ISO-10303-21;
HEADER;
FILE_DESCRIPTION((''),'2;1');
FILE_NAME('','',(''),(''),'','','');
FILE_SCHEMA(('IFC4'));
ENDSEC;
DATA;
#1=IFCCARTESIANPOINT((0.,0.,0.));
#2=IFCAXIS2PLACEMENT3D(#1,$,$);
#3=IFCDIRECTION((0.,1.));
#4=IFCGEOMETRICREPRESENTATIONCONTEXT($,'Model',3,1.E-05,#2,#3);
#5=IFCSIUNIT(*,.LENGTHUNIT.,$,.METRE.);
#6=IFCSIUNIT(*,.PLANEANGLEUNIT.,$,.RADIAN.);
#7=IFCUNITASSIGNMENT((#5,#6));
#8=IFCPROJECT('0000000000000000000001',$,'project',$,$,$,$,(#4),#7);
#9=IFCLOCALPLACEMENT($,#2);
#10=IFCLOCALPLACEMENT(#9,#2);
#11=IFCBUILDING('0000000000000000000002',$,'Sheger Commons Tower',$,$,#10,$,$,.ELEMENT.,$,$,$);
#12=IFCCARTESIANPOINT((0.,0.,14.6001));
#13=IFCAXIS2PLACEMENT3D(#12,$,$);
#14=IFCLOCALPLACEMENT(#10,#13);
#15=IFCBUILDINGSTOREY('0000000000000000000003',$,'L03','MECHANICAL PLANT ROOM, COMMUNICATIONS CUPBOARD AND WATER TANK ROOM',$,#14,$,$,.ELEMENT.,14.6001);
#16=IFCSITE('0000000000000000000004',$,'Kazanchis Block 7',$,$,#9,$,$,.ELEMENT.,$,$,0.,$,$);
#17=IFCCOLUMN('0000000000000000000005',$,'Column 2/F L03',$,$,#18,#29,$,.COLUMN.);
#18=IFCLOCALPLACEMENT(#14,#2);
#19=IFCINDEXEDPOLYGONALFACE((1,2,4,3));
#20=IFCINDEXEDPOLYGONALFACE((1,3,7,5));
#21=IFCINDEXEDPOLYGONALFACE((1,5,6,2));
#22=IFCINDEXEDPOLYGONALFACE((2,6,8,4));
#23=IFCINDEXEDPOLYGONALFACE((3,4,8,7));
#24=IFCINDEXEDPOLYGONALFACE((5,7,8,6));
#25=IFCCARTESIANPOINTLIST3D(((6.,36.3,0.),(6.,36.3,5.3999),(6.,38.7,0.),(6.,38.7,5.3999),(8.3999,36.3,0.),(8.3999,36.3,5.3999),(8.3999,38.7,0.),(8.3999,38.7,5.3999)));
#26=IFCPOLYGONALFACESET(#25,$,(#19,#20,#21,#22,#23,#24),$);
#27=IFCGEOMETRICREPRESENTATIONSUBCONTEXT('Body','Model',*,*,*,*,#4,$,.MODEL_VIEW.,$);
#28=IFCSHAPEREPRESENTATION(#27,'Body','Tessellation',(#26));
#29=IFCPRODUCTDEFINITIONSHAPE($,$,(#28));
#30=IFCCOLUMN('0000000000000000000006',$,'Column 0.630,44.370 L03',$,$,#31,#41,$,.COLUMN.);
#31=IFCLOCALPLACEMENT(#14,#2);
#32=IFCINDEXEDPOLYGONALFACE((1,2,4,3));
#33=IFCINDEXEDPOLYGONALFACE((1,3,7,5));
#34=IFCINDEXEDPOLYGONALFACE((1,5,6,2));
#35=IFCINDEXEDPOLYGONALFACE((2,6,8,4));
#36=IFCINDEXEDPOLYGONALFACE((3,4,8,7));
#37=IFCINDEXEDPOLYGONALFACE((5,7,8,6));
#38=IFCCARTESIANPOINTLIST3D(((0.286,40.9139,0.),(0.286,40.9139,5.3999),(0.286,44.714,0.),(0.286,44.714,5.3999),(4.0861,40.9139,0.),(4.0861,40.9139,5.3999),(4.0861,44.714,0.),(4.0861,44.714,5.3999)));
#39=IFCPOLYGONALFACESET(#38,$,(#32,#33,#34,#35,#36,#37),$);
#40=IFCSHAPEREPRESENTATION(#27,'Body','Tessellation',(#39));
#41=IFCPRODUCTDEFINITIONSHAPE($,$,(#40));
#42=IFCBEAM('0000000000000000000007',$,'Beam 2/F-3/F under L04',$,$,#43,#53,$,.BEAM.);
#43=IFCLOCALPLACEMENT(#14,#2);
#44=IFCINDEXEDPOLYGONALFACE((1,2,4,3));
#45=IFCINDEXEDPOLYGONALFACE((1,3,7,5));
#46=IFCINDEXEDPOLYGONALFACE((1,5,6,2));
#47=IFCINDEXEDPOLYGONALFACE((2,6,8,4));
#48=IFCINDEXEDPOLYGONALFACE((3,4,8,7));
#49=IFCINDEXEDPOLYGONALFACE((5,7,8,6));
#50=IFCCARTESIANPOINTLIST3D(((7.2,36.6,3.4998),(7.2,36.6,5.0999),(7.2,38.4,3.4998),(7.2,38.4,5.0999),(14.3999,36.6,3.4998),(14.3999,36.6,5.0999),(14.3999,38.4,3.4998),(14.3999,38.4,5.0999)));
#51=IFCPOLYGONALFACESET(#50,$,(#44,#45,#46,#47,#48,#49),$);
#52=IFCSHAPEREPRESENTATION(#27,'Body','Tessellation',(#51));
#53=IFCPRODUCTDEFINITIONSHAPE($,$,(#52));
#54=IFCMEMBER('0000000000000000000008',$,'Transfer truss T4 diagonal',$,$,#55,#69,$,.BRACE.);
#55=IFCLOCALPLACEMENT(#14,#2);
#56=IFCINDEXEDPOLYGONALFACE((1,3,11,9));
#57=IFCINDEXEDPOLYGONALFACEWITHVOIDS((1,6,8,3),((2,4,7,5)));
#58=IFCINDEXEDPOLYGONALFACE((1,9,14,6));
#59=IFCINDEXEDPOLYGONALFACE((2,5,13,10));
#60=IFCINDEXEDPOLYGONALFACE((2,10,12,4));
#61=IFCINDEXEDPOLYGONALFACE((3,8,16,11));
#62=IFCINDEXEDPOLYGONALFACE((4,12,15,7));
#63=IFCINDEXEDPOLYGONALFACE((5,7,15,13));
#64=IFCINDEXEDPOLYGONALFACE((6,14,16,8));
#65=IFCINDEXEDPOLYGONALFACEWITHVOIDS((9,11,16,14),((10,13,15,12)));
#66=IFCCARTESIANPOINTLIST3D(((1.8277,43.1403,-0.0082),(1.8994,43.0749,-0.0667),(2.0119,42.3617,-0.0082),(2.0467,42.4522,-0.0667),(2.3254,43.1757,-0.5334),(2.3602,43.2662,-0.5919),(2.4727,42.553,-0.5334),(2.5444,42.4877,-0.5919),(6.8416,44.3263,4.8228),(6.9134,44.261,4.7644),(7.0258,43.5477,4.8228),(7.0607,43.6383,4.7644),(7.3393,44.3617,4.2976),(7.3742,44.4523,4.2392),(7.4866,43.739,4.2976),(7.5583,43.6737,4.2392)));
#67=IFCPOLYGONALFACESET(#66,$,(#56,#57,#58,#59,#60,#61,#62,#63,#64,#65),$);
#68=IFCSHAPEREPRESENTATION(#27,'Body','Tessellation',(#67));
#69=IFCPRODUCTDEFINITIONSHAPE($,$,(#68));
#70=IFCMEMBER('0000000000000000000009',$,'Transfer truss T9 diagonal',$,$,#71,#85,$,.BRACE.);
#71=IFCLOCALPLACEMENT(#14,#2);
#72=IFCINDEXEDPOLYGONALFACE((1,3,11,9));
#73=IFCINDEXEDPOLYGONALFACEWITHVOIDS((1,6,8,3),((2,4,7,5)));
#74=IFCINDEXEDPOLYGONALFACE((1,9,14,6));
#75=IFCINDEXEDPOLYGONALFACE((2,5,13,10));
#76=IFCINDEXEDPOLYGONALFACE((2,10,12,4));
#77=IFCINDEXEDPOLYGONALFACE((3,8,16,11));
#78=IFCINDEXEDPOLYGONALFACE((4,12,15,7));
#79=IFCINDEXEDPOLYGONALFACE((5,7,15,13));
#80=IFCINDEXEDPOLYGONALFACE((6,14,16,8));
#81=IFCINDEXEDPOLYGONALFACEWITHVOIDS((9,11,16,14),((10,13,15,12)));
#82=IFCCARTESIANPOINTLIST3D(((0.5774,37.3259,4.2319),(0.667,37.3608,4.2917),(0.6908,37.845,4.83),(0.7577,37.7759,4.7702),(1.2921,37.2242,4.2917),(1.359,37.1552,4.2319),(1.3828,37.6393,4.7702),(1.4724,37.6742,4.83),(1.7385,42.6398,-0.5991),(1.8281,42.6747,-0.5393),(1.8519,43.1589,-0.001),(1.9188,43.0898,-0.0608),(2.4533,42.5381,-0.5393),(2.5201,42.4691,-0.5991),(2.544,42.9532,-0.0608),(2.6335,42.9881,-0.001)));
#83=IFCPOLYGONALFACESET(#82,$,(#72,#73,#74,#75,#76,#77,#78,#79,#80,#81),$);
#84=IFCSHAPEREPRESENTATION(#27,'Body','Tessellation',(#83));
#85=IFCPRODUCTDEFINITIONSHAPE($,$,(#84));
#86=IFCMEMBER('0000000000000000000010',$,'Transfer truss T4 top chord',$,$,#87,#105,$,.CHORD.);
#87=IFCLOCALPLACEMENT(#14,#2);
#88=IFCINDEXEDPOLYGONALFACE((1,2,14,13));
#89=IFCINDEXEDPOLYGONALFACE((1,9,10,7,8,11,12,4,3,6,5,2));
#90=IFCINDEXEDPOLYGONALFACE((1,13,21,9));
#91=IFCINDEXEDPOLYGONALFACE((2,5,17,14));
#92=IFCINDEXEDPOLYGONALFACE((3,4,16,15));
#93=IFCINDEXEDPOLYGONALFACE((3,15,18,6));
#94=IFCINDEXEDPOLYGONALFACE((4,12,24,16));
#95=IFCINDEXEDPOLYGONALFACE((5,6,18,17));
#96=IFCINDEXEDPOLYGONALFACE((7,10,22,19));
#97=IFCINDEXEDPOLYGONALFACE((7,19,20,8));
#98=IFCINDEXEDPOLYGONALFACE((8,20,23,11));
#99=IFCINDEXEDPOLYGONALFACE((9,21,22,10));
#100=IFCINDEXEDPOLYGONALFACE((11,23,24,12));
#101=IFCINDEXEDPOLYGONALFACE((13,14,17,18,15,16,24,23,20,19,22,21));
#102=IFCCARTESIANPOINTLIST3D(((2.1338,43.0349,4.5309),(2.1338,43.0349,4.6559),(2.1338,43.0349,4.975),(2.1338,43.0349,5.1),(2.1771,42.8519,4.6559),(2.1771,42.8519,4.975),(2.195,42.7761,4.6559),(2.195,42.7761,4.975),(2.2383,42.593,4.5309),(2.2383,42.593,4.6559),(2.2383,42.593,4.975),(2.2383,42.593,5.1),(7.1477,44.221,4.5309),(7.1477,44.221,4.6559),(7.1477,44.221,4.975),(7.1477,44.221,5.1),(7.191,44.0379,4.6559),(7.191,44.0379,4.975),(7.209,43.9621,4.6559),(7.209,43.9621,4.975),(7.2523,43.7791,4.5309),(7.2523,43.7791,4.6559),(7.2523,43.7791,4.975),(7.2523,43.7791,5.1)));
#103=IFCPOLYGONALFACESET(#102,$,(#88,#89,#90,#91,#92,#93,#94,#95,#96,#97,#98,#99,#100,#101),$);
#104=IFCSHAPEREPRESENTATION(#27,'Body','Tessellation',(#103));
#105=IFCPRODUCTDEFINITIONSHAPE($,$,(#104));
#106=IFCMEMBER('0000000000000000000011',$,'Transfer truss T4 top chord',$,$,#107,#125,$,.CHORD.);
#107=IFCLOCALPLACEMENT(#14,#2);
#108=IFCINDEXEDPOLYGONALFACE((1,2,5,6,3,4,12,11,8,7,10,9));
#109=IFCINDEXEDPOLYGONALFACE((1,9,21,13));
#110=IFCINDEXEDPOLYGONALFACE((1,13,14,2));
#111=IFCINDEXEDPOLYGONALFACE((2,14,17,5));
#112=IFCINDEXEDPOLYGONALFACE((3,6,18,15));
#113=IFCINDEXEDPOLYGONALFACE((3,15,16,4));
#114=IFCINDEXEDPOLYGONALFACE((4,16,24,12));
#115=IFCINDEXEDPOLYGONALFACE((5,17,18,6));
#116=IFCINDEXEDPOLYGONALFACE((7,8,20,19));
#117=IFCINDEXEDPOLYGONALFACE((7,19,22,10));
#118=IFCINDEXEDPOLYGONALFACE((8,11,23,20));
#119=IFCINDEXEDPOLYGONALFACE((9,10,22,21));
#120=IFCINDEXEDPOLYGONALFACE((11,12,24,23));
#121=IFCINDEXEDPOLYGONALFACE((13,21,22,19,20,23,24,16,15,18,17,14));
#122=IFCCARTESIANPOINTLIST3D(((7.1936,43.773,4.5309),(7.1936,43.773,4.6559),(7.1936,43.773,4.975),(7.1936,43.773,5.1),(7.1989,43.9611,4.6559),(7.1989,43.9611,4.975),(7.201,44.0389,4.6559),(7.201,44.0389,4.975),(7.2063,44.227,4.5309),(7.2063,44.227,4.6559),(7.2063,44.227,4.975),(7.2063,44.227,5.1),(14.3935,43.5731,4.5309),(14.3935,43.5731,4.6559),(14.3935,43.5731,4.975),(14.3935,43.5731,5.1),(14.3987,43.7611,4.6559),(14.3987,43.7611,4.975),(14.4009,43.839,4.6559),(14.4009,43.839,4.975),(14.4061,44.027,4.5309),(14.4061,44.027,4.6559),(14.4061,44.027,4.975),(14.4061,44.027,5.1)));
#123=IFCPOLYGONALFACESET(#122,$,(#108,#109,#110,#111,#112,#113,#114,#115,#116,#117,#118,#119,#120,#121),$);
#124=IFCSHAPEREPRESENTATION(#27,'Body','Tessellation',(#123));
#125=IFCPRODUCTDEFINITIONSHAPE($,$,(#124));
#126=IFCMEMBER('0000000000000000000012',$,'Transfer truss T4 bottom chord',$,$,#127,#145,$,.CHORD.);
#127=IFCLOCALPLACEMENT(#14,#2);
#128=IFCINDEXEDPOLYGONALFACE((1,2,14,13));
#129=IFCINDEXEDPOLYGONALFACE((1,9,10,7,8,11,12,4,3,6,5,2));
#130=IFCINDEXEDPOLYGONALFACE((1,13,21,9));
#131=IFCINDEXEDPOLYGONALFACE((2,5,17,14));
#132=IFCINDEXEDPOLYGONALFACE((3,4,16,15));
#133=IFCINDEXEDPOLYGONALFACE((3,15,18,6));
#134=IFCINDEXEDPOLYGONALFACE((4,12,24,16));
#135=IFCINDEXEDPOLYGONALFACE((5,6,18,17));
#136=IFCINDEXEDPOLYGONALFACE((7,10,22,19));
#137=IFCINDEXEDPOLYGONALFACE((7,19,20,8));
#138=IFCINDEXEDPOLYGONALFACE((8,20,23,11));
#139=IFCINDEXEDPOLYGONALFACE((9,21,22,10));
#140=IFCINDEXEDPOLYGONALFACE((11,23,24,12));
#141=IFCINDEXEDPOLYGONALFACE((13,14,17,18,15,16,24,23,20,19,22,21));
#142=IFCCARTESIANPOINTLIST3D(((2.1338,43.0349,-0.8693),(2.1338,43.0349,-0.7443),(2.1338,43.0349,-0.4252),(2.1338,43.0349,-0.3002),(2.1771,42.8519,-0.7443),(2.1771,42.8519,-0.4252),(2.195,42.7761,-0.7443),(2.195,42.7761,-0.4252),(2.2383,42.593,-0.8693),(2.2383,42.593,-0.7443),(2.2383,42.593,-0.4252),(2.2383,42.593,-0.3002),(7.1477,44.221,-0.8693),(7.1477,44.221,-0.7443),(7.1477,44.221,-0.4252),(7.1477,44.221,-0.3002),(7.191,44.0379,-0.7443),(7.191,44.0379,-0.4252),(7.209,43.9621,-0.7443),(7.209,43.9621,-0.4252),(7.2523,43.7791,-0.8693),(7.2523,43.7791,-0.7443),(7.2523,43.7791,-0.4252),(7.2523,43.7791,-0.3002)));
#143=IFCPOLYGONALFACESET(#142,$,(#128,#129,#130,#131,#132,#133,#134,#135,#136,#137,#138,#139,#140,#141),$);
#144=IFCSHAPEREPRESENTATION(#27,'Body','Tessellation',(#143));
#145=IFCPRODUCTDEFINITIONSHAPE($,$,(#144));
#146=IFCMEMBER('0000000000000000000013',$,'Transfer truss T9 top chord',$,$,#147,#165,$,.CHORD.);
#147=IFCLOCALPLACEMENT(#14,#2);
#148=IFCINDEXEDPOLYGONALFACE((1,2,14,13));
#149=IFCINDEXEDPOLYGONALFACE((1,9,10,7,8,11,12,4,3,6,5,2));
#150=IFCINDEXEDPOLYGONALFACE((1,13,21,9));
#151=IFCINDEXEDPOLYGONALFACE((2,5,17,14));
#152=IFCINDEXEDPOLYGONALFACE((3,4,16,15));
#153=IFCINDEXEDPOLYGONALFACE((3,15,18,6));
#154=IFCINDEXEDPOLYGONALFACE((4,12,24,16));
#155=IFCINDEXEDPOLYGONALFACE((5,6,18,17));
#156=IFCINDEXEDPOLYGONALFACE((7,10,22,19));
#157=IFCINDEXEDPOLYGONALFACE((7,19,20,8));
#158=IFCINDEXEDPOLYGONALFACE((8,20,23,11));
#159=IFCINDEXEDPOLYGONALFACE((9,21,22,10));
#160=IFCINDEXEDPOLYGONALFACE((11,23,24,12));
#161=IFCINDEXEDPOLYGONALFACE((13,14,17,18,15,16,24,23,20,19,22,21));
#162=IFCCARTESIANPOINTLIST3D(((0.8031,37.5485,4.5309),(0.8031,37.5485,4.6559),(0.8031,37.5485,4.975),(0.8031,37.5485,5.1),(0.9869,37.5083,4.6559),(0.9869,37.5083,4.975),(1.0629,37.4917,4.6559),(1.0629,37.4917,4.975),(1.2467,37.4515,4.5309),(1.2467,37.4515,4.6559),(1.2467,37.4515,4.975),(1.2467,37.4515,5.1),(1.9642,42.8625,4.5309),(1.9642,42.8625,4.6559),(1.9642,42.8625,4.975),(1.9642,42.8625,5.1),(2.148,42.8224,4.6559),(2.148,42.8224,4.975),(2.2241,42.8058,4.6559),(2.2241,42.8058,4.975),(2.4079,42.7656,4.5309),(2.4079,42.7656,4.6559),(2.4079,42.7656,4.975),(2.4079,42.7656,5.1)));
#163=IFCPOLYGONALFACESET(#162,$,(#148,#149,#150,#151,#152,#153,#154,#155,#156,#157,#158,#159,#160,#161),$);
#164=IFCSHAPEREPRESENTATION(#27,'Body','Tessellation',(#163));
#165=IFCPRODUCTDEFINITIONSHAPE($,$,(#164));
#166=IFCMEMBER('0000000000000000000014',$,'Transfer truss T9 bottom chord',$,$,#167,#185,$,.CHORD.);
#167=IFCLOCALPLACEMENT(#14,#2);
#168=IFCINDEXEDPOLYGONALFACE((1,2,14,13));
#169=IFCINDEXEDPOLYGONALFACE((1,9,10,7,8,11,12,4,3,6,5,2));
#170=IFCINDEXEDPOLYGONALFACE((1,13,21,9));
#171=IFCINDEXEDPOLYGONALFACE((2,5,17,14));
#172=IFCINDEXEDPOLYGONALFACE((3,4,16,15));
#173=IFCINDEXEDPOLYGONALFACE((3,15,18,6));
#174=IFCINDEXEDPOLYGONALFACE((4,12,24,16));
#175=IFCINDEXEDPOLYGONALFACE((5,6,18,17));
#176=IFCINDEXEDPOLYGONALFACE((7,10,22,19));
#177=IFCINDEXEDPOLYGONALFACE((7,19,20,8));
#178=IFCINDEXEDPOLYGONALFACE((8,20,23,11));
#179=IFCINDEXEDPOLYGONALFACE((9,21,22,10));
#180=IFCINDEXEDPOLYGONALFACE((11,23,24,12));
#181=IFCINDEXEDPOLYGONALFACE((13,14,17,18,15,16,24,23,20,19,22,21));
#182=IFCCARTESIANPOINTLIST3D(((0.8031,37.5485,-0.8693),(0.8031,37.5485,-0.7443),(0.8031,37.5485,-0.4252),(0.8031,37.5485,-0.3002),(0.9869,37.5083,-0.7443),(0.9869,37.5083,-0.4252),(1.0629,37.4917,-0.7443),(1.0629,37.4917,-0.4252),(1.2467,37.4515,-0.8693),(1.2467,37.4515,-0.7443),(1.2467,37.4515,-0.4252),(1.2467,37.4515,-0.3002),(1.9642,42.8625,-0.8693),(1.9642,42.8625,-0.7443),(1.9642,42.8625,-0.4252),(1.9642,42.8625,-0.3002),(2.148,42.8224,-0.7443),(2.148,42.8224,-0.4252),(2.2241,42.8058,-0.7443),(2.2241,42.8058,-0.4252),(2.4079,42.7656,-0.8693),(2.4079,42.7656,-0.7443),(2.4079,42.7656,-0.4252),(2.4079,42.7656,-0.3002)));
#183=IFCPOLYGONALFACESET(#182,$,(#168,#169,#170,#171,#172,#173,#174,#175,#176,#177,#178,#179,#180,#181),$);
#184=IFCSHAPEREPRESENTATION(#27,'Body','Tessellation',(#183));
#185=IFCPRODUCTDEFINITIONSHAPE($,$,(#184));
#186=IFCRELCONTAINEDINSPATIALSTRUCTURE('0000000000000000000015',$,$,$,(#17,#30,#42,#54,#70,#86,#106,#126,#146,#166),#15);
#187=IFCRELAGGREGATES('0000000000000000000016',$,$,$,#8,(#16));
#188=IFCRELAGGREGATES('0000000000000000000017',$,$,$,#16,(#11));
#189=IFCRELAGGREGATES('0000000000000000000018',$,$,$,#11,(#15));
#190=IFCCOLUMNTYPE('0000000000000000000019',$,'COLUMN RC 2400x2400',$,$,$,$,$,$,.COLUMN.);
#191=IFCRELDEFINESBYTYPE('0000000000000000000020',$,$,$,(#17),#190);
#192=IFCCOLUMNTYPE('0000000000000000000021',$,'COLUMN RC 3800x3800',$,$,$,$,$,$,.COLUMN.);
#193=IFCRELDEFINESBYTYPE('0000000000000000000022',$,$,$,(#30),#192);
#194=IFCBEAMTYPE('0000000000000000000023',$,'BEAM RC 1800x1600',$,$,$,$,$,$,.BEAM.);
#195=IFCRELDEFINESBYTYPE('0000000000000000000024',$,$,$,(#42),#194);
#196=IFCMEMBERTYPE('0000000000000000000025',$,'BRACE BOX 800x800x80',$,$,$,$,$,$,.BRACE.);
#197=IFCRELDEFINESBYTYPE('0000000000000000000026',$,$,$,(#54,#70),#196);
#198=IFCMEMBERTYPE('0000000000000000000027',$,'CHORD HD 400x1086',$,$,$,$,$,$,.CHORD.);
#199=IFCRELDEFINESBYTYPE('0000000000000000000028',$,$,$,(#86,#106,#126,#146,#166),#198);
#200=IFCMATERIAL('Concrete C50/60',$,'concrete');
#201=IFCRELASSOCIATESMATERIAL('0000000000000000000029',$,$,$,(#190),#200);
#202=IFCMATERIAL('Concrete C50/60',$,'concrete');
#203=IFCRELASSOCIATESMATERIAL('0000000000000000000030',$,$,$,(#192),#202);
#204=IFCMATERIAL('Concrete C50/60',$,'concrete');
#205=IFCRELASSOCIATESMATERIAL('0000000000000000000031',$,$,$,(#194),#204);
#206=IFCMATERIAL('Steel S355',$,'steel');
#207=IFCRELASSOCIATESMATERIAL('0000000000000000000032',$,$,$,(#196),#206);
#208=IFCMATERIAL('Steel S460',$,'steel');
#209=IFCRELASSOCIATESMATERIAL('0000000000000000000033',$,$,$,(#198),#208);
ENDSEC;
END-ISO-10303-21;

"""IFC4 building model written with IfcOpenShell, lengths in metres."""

from ifc_helpers import new_model, si_unit, direction, frame, origin, origin_2d, place, context, subcontext, project, spatial, rectangle, hollow_rectangle, i_section, extrude, material, material_profile, profile_set, type_object, element, save


model = new_model("IFC4")

# Units and contexts
model_context = context("Model", 3, precision=1e-05, world=origin(), true_north=direction((0.0, 1.0)))
body_context = subcontext(model_context, "Body", "Model", "MODEL_VIEW")
ifc_project = project(units=[si_unit("LENGTHUNIT", "METRE"), si_unit("PLANEANGLEUNIT", "RADIAN")], contexts=[model_context])

# Site, building, storey
site_placement = place(None, origin())
site = spatial("IfcSite", under=ifc_project, at=site_placement, Name="Kazanchis Block 7", CompositionType="ELEMENT", RefElevation=0.0)
building_placement = place(site_placement, origin())
building = spatial("IfcBuilding", under=site, at=building_placement, Name="Sheger Commons Tower", CompositionType="ELEMENT")
storey_placement = place(building_placement, frame((0.0, 0.0, 14.6001)))
storey = spatial("IfcBuildingStorey", under=building, at=storey_placement, Name="L03", Description="MECHANICAL PLANT ROOM, COMMUNICATIONS CUPBOARD AND WATER TANK ROOM", CompositionType="ELEMENT", Elevation=14.6001)

# Columns
ifc_material_1 = material(Name="Concrete C50/60", Category="concrete")
ifc_material_profile_1 = material_profile(ifc_material_1, rectangle(XDim=2.3999, YDim=2.3999, at=origin_2d()), Name="RC 2400x2400")
ifc_profile_set_1 = profile_set([ifc_material_profile_1], Name="Concrete C50/60")
column_type_1 = type_object("IfcColumnType", Name="COLUMN RC 2400x2400", PredefinedType="COLUMN", material=ifc_profile_set_1)
column_1_placement = place(storey_placement, frame((7.2, 37.5, 0.0), z_axis=(0.0, 0.0, 1.0), x_axis=(1.0, 0.0, 0.0)))
element("IfcColumn", 1, at=column_1_placement, inside=storey, type_object=column_type_1, Name="Column 2/F L03", PredefinedType="COLUMN", context=body_context, shape_type="SweptSolid", body=[
    extrude(rectangle(XDim=2.3999, YDim=2.3999, at=origin_2d()), origin(), (0.0, 0.0, 1.0), 5.3999),
])
ifc_material_2 = material(Name="Concrete C50/60", Category="concrete")
ifc_material_profile_2 = material_profile(ifc_material_2, rectangle(XDim=3.8, YDim=3.8, at=origin_2d()), Name="RC 3800x3800")
ifc_profile_set_2 = profile_set([ifc_material_profile_2], Name="Concrete C50/60")
column_type_2 = type_object("IfcColumnType", Name="COLUMN RC 3800x3800", PredefinedType="COLUMN", material=ifc_profile_set_2)
column_2_placement = place(storey_placement, frame((2.186, 42.814, 0.0), z_axis=(0.0, 0.0, 1.0), x_axis=(1.0, 0.0, 0.0)))
element("IfcColumn", 2, at=column_2_placement, inside=storey, type_object=column_type_2, Name="Column 0.630,44.370 L03", PredefinedType="COLUMN", context=body_context, shape_type="SweptSolid", body=[
    extrude(rectangle(XDim=3.8, YDim=3.8, at=origin_2d()), origin(), (0.0, 0.0, 1.0), 5.3999),
])

# Beam
ifc_material_3 = material(Name="Concrete C50/60", Category="concrete")
ifc_material_profile_3 = material_profile(ifc_material_3, rectangle(XDim=1.8, YDim=1.6001, at=origin_2d()), Name="RC 1800x1600")
ifc_profile_set_3 = profile_set([ifc_material_profile_3], Name="Concrete C50/60")
beam_type = type_object("IfcBeamType", Name="BEAM RC 1800x1600", PredefinedType="BEAM", material=ifc_profile_set_3)
beam_placement = place(storey_placement, frame((7.2, 37.5, 4.2998), z_axis=(1.0, 0.0, 0.0), x_axis=(0.0, 1.0, 0.0)))
element("IfcBeam", 3, at=beam_placement, inside=storey, type_object=beam_type, Name="Beam 2/F-3/F under L04", PredefinedType="BEAM", context=body_context, shape_type="SweptSolid", body=[
    extrude(rectangle(XDim=1.8, YDim=1.6001, at=origin_2d()), origin(), (0.0, 0.0, 1.0), 7.2),
])

# Members
ifc_material_4 = material(Name="Steel S355", Category="steel")
ifc_material_profile_4 = material_profile(ifc_material_4, hollow_rectangle(XDim=0.8, YDim=0.8, WallThickness=0.0801, at=origin_2d()), Name="BOX 800x800x80")
ifc_profile_set_4 = profile_set([ifc_material_profile_4], Name="Steel S355")
member_type_1 = type_object("IfcMemberType", Name="BRACE BOX 800x800x80", PredefinedType="BRACE", material=ifc_profile_set_4)
member_1_placement = place(storey_placement, frame((2.186, 42.814, -0.3), z_axis=(0.709891, 0.167924, 0.684001), x_axis=(-0.230196, 0.973144, 0.0)))
element("IfcMember", 4, at=member_1_placement, inside=storey, type_object=member_type_1, Name="Transfer truss T4 diagonal", PredefinedType="BRACE", context=body_context, shape_type="SweptSolid", body=[
    extrude(hollow_rectangle(XDim=0.8, YDim=0.8, WallThickness=0.0801, at=origin_2d()), origin(), (0.0, 0.0, 1.0), 7.063),
])
member_2_placement = place(storey_placement, frame((2.186, 42.814, -0.3), z_axis=(-0.159606, -0.730442, 0.664063), x_axis=(0.97695, -0.213469, 0.0)))
element("IfcMember", 5, at=member_2_placement, inside=storey, type_object=member_type_1, Name="Transfer truss T9 diagonal", PredefinedType="BRACE", context=body_context, shape_type="SweptSolid", body=[
    extrude(hollow_rectangle(XDim=0.8, YDim=0.8, WallThickness=0.0801, at=origin_2d()), origin(), (0.0, 0.0, 1.0), 7.2749),
])
ifc_material_5 = material(Name="Steel S460", Category="steel")
ifc_material_profile_5 = material_profile(ifc_material_5, i_section(OverallWidth=0.4541, OverallDepth=0.5691, WebThickness=0.0779, FlangeThickness=0.125, at=origin_2d()), Name="HD 400x1086")
ifc_profile_set_5 = profile_set([ifc_material_profile_5], Name="Steel S460")
member_type_2 = type_object("IfcMemberType", Name="CHORD HD 400x1086", PredefinedType="CHORD", material=ifc_profile_set_5)
member_3_placement = place(storey_placement, frame((2.186, 42.814, 4.8154), z_axis=(0.973144, 0.230196, 0.0), x_axis=(-0.230196, 0.973144, 0.0)))
element("IfcMember", 6, at=member_3_placement, inside=storey, type_object=member_type_2, Name="Transfer truss T4 top chord", PredefinedType="CHORD", context=body_context, shape_type="SweptSolid", body=[
    extrude(i_section(OverallWidth=0.4541, OverallDepth=0.5691, WebThickness=0.0779, FlangeThickness=0.125, at=origin_2d()), origin(), (0.0, 0.0, 1.0), 5.1523),
])
member_4_placement = place(storey_placement, frame((7.2, 44.0, 4.8154), z_axis=(0.999615, -0.02776, 0.0), x_axis=(0.02776, 0.999615, 0.0)))
element("IfcMember", 7, at=member_4_placement, inside=storey, type_object=member_type_2, Name="Transfer truss T4 top chord", PredefinedType="CHORD", context=body_context, shape_type="SweptSolid", body=[
    extrude(i_section(OverallWidth=0.4541, OverallDepth=0.5691, WebThickness=0.0779, FlangeThickness=0.125, at=origin_2d()), origin(), (0.0, 0.0, 1.0), 7.2026),
])
member_5_placement = place(storey_placement, frame((2.186, 42.814, -0.5847), z_axis=(0.973144, 0.230196, 0.0), x_axis=(-0.230196, 0.973144, 0.0)))
element("IfcMember", 8, at=member_5_placement, inside=storey, type_object=member_type_2, Name="Transfer truss T4 bottom chord", PredefinedType="CHORD", context=body_context, shape_type="SweptSolid", body=[
    extrude(i_section(OverallWidth=0.4541, OverallDepth=0.5691, WebThickness=0.0779, FlangeThickness=0.125, at=origin_2d()), origin(), (0.0, 0.0, 1.0), 5.1523),
])
for number, where, z_axis, x_axis, name in (
    (9, (1.0249, 37.5, 4.8154), (0.213469, 0.97695, 0.0), (-0.97695, 0.213469, 0.0), "Transfer truss T9 top chord"),
    (10, (1.0249, 37.5, -0.5847), (0.213469, 0.97695, 0.0), (-0.97695, 0.213469, 0.0), "Transfer truss T9 bottom chord"),
):
    element("IfcMember", number, at=place(storey_placement, frame(where, z_axis=z_axis, x_axis=x_axis)), inside=storey, type_object=member_type_2, Name=name, PredefinedType="CHORD", context=body_context, shape_type="SweptSolid", body=[
        extrude(i_section(OverallWidth=0.4541, OverallDepth=0.5691, WebThickness=0.0779, FlangeThickness=0.125, at=origin_2d()), origin(), (0.0, 0.0, 1.0), 5.4395),
    ])

save(model, "model.ifc")
